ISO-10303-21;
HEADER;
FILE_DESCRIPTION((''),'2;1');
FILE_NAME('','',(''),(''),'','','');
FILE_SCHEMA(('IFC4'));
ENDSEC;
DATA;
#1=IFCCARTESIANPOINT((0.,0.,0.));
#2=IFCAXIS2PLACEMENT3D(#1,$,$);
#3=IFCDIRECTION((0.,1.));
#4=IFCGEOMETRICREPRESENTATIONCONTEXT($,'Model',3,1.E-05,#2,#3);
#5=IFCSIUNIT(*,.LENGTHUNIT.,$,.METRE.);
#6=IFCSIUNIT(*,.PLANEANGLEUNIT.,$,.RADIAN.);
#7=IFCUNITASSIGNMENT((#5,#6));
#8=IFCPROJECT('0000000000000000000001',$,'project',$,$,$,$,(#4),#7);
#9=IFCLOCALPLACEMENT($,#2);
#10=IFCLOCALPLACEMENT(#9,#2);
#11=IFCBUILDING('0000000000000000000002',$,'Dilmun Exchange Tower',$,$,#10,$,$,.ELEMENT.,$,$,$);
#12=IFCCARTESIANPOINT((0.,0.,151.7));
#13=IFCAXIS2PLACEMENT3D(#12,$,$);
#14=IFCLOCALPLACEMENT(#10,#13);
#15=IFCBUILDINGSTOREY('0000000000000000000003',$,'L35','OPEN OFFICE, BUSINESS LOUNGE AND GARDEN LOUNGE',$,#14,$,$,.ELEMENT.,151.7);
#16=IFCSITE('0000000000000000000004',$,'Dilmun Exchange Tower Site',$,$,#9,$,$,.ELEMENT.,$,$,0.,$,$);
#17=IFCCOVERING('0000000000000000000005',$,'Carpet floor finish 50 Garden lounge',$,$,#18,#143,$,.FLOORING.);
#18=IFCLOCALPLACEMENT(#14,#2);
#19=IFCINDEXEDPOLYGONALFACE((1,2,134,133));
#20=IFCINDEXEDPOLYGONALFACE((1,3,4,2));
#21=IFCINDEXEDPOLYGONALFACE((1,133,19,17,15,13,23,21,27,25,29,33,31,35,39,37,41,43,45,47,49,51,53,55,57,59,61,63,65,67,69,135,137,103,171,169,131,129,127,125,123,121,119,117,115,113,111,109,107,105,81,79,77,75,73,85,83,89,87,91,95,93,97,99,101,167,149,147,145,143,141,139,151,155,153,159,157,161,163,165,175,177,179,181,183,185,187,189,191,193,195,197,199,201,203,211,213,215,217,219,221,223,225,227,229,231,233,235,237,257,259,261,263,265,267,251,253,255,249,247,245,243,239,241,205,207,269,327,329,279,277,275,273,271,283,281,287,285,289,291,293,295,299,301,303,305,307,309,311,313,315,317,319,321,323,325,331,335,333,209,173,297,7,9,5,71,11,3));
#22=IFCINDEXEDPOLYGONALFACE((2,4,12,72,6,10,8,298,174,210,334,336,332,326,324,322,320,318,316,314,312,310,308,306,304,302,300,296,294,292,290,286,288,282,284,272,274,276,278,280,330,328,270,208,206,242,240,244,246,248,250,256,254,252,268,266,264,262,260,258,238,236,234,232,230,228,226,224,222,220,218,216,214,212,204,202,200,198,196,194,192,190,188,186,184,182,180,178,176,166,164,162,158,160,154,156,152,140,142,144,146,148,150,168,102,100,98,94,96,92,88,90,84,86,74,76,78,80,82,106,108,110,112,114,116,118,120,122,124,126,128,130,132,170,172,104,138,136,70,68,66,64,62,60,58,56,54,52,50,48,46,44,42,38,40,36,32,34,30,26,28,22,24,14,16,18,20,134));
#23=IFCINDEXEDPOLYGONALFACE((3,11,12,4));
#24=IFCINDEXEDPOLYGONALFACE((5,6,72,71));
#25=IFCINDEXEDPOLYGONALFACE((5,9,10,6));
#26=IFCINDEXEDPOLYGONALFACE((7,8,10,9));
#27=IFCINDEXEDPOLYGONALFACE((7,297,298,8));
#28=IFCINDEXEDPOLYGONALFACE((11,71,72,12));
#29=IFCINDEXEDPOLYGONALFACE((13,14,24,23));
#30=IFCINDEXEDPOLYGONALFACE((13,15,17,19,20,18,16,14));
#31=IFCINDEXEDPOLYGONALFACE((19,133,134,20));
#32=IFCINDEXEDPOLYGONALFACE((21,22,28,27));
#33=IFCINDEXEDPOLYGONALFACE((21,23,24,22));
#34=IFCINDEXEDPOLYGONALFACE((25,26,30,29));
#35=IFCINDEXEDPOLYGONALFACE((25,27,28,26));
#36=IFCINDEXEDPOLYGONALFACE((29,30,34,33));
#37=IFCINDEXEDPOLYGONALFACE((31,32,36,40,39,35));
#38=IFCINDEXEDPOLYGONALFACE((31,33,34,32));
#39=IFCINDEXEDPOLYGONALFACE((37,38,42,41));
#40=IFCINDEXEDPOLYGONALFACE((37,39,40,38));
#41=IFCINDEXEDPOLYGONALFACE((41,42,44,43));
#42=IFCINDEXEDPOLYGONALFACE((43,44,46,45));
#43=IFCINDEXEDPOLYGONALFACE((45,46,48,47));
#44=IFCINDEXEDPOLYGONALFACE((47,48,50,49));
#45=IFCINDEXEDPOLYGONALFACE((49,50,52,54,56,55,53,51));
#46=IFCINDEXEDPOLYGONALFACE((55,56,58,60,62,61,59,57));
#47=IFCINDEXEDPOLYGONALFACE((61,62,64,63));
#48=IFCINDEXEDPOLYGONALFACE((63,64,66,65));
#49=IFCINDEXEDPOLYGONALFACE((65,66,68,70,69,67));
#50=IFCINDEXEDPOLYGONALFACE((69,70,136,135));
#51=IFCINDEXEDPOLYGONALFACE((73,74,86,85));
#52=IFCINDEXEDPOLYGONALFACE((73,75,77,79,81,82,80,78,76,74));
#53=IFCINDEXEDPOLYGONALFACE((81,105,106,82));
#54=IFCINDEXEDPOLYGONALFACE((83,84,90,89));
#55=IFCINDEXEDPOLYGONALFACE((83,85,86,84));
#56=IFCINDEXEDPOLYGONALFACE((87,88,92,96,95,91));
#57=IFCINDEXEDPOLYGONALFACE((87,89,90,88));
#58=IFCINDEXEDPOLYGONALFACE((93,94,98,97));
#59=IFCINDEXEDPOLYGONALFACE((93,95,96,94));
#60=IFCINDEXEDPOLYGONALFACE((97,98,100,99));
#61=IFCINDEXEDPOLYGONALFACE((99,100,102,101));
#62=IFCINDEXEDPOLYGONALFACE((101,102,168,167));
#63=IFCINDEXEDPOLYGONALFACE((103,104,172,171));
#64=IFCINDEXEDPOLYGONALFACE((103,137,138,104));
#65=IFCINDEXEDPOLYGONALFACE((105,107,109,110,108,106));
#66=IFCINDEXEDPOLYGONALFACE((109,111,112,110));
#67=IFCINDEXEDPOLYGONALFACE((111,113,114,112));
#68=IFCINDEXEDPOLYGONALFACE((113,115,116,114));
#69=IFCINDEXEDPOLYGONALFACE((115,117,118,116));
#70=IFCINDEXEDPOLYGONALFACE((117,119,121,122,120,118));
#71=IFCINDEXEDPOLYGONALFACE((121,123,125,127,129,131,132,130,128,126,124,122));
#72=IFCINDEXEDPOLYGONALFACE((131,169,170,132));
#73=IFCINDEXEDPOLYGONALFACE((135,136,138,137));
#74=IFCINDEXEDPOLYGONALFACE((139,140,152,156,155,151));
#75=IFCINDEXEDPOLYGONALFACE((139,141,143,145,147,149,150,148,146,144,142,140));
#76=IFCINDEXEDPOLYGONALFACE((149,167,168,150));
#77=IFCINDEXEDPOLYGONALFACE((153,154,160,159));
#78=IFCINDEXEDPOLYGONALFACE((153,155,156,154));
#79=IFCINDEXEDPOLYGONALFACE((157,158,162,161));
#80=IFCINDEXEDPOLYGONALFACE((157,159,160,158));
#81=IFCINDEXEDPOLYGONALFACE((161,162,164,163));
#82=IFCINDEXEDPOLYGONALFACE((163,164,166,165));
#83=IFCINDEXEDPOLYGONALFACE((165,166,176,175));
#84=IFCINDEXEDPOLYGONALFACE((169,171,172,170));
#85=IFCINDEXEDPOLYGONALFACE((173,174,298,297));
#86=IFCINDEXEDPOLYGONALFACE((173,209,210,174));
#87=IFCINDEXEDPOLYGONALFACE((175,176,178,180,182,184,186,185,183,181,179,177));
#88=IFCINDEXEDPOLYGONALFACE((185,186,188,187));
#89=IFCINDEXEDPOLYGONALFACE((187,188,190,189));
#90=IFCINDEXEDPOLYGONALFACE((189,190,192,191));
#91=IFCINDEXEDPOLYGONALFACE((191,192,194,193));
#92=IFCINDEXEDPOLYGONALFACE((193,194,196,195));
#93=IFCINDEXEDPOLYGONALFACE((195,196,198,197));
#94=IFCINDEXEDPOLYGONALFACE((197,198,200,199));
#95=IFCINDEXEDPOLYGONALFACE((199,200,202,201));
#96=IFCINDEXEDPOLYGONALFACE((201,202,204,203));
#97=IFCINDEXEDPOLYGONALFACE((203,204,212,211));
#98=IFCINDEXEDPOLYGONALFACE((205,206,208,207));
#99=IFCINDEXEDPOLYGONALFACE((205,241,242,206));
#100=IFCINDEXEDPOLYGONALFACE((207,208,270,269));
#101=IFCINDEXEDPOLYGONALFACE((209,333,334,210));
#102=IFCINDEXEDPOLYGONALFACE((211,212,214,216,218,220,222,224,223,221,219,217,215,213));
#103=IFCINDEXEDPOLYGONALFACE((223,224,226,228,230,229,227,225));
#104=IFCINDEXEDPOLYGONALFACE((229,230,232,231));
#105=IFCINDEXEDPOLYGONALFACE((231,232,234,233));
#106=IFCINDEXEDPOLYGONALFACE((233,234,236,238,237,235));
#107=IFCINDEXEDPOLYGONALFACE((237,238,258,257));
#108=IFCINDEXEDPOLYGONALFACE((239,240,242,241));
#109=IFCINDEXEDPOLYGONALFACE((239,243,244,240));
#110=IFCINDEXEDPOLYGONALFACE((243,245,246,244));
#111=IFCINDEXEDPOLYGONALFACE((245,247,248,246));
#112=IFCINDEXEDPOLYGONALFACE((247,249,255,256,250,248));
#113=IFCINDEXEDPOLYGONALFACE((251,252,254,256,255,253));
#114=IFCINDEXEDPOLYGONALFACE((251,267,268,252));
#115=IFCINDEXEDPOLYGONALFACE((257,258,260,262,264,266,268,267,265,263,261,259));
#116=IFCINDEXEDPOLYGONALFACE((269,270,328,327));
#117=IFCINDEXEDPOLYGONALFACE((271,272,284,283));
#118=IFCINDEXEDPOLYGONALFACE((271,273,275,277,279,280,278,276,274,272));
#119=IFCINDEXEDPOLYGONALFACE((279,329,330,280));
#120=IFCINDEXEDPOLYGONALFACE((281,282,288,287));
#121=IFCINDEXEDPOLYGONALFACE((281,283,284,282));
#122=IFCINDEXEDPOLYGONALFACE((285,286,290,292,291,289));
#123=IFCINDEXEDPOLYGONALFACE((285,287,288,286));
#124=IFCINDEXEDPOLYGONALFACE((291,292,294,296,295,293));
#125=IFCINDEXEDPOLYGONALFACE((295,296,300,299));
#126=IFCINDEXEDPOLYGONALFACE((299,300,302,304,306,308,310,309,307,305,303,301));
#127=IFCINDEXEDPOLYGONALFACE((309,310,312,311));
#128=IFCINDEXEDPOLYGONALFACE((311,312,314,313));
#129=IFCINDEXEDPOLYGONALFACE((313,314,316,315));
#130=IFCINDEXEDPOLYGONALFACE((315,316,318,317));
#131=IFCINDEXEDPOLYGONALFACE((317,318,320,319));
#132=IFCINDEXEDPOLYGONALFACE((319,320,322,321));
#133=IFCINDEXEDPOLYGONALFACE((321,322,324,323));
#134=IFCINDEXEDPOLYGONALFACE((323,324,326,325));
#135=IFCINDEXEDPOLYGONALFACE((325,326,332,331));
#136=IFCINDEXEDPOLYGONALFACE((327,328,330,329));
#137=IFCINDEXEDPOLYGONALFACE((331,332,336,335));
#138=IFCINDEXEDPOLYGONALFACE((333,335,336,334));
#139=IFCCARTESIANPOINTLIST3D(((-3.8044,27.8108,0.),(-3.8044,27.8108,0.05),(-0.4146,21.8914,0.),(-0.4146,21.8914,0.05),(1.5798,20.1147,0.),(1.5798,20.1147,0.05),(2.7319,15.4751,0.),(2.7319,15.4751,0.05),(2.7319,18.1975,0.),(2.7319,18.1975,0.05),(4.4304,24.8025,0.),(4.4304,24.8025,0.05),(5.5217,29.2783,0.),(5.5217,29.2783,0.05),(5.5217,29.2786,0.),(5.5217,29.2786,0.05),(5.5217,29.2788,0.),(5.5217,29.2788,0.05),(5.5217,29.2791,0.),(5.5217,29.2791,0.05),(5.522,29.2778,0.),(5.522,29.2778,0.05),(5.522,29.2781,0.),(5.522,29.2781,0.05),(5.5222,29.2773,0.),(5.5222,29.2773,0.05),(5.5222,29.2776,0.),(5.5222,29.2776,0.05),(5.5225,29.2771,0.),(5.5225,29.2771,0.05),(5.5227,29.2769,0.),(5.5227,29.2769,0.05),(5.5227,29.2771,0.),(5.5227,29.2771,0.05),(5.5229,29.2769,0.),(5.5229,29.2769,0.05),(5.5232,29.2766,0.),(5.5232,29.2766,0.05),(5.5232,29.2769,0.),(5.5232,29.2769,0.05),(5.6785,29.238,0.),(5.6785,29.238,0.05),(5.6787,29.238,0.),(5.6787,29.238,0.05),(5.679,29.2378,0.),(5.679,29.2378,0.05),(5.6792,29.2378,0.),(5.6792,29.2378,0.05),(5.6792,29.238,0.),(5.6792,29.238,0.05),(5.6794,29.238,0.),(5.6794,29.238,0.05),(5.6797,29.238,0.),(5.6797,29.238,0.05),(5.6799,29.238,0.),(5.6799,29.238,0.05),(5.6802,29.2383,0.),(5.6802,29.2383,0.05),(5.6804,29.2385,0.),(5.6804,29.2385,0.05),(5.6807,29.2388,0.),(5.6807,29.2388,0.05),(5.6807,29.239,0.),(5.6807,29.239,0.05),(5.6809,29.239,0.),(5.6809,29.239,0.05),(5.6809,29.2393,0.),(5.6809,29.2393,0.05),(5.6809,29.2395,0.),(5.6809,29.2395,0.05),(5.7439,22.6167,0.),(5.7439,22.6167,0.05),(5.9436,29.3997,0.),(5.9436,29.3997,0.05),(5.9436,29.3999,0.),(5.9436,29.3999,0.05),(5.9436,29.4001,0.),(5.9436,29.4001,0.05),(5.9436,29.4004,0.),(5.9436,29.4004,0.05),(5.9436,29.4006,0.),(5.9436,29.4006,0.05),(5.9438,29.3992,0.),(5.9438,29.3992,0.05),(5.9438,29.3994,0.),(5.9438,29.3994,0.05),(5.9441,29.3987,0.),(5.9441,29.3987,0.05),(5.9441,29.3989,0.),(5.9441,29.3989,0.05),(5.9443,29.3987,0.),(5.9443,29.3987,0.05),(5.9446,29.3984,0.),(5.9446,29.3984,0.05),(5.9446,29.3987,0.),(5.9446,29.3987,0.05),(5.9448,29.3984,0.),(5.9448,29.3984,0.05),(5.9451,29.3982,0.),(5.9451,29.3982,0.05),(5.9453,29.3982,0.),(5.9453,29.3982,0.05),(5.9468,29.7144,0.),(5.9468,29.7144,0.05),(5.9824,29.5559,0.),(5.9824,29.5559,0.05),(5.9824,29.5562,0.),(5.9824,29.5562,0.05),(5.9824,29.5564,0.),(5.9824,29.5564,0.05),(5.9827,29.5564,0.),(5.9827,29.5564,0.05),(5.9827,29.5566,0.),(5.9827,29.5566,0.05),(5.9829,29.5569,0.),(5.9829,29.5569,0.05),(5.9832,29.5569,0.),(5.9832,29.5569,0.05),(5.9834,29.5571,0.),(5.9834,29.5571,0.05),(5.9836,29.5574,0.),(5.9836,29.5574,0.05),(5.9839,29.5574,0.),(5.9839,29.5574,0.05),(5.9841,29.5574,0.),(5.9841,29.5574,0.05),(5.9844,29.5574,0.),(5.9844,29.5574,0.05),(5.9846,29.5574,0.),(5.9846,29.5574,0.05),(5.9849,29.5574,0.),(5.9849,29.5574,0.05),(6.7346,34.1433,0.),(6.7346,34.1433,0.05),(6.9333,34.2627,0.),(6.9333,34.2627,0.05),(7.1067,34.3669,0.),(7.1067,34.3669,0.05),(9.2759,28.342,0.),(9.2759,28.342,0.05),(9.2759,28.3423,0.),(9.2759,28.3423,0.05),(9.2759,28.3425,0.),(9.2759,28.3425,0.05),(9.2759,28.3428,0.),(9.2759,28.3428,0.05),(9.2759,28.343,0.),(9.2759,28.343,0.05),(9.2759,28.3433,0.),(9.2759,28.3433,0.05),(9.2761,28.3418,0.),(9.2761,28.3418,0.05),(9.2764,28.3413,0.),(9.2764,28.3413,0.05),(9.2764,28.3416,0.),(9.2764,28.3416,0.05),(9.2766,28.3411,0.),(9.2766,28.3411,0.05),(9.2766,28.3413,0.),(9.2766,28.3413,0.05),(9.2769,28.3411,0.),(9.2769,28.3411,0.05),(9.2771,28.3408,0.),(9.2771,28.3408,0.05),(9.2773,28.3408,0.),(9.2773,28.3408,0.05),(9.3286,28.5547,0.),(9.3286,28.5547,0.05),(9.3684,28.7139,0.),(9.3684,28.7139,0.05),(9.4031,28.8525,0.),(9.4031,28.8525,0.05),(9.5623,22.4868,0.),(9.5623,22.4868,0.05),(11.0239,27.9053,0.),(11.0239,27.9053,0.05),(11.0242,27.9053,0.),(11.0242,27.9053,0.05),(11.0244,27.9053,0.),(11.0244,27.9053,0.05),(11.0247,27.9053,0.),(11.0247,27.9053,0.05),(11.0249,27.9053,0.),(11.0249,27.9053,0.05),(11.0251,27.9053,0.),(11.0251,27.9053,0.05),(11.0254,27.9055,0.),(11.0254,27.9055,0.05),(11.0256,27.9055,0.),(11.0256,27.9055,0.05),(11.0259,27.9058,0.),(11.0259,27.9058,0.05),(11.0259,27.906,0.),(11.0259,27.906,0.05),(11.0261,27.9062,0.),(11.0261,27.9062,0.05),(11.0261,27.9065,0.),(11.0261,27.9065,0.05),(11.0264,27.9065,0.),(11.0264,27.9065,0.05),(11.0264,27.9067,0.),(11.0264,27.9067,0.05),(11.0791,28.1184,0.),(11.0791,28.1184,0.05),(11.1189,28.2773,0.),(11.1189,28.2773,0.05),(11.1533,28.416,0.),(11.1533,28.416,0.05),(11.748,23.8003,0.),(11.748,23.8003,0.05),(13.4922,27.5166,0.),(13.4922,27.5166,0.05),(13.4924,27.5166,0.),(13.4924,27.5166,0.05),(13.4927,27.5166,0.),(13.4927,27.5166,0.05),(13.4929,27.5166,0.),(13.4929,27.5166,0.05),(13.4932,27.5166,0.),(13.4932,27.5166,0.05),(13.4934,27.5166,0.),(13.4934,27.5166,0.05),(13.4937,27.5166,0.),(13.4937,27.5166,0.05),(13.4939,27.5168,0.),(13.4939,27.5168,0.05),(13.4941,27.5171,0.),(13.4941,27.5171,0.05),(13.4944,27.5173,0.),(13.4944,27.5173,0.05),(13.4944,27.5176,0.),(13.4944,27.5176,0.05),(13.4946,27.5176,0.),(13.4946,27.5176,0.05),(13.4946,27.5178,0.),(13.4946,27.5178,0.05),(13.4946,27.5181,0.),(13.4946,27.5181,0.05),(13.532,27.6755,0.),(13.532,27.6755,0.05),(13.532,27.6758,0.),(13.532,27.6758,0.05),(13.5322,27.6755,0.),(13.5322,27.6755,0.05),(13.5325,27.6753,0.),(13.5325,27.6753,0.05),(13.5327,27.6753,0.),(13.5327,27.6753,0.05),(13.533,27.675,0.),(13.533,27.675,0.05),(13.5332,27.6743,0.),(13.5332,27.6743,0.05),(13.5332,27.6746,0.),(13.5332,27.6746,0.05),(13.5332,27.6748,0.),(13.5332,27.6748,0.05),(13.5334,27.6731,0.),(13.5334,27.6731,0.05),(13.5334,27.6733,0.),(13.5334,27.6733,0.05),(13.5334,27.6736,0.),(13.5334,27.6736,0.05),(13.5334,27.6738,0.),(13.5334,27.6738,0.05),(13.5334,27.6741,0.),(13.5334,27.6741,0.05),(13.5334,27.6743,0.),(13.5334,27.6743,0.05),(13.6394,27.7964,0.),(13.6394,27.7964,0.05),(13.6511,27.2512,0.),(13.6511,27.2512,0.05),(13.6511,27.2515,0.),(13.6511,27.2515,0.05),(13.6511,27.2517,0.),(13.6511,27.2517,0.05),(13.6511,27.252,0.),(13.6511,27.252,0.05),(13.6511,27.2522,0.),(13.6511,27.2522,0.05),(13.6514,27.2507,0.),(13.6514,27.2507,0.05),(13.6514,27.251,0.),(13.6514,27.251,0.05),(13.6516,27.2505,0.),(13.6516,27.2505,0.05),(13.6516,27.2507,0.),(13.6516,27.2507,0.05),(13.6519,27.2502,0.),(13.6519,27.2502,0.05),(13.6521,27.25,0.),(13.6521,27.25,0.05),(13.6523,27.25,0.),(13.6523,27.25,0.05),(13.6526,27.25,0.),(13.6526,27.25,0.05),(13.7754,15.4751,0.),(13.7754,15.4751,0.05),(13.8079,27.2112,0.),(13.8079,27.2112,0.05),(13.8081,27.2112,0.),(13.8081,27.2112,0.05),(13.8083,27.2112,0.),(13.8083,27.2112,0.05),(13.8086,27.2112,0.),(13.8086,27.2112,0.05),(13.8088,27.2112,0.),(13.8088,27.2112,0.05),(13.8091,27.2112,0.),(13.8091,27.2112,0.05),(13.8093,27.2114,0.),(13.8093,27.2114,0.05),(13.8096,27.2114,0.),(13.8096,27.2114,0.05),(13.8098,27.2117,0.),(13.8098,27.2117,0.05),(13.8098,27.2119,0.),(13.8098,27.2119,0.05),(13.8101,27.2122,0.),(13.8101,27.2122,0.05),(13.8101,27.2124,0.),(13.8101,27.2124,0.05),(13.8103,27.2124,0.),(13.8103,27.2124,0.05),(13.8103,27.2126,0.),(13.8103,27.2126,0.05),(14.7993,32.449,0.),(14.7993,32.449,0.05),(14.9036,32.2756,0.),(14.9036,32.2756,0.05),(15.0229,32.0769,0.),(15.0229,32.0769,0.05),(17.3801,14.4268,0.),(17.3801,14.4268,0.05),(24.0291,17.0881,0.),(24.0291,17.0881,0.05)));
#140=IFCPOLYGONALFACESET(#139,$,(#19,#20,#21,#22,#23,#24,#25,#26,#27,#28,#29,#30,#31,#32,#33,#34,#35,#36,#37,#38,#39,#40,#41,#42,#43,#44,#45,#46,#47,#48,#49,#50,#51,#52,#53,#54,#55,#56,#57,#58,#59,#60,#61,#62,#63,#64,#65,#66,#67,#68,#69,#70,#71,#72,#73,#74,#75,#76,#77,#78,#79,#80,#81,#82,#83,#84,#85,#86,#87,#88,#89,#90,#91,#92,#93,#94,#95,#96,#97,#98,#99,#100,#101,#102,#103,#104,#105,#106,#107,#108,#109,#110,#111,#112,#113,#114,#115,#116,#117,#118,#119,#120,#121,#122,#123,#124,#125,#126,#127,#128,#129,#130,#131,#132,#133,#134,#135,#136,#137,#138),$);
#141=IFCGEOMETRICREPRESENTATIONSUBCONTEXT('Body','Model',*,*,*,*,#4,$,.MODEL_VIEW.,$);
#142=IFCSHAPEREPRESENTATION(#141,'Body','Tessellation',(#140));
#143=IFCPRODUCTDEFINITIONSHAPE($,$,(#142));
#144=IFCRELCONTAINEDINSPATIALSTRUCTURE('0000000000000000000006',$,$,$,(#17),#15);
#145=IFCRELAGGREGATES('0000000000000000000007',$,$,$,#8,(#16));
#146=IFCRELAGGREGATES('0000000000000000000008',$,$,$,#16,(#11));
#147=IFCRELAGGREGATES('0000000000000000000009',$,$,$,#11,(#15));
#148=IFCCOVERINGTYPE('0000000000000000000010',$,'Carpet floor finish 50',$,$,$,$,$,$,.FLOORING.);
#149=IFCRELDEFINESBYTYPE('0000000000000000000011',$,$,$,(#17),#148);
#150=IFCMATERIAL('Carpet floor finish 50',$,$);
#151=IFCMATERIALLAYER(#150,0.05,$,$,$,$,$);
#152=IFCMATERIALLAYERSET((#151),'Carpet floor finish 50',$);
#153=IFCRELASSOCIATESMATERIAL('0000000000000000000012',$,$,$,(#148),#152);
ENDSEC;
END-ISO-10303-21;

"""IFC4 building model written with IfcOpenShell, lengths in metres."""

from ifc_helpers import new_model, si_unit, direction, frame, origin, place, context, subcontext, project, spatial, polyline, outline, extrude, material, layer, layer_set, type_object, element, save


model = new_model("IFC4")

# Units and contexts
model_context = context("Model", 3, precision=1e-05, world=origin(), true_north=direction((0.0, 1.0)))
body_context = subcontext(model_context, "Body", "Model", "MODEL_VIEW")
ifc_project = project(units=[si_unit("LENGTHUNIT", "METRE"), si_unit("PLANEANGLEUNIT", "RADIAN")], contexts=[model_context])

# Site, building, storey
site_placement = place(None, origin())
site = spatial("IfcSite", under=ifc_project, at=site_placement, Name="Dilmun Exchange Tower Site", CompositionType="ELEMENT", RefElevation=0.0)
building_placement = place(site_placement, origin())
building = spatial("IfcBuilding", under=site, at=building_placement, Name="Dilmun Exchange Tower", CompositionType="ELEMENT")
storey_placement = place(building_placement, frame((0.0, 0.0, 151.7)))
storey = spatial("IfcBuildingStorey", under=building, at=storey_placement, Name="L35", Description="OPEN OFFICE, BUSINESS LOUNGE AND GARDEN LOUNGE", CompositionType="ELEMENT", Elevation=151.7)

# Covering
ifc_material_1 = material(Name="Carpet floor finish 50")
ifc_layer_1 = layer(ifc_material_1, 0.05)
ifc_layer_set_1 = layer_set([ifc_layer_1], Name="Carpet floor finish 50")
covering_type_1 = type_object("IfcCoveringType", Name="Carpet floor finish 50", PredefinedType="FLOORING", material=ifc_layer_set_1)
covering_1_placement = place(storey_placement, origin())
element("IfcCovering", 1, at=covering_1_placement, inside=storey, type_object=covering_type_1, Name="Carpet floor finish 50 Garden lounge", PredefinedType="FLOORING", context=body_context, shape_type="SweptSolid", body=[
    extrude(outline(polyline([(2.7319, 15.4751), (2.7319, 18.1975), (1.5798, 20.1147), (5.7439, 22.6167), (4.4304, 24.8025), (-0.4146, 21.8914), (-3.8044, 27.8108), (6.7346, 34.1433), (5.5217, 29.2791), (5.5217, 29.2788), (5.5217, 29.2788), (5.5217, 29.2786), (5.5217, 29.2783), (5.5217, 29.2783), (5.522, 29.2781), (5.522, 29.2778), (5.5222, 29.2776), (5.5222, 29.2776), (5.5222, 29.2773), (5.5225, 29.2771), (5.5227, 29.2771), (5.5227, 29.2769), (5.5229, 29.2769), (5.5232, 29.2769), (5.5232, 29.2766), (5.6785, 29.238), (5.6787, 29.238), (5.679, 29.2378), (5.6792, 29.2378), (5.6792, 29.238), (5.6794, 29.238), (5.6797, 29.238), (5.6799, 29.238), (5.6802, 29.2383), (5.6802, 29.2383), (5.6804, 29.2385), (5.6804, 29.2385), (5.6807, 29.2388), (5.6807, 29.239), (5.6809, 29.239), (5.6809, 29.2393), (5.6809, 29.2395), (6.9333, 34.2627), (7.1067, 34.3669), (5.9468, 29.7144), (9.4031, 28.8525), (9.3684, 28.7139), (5.9849, 29.5574), (5.9846, 29.5574), (5.9844, 29.5574), (5.9844, 29.5574), (5.9841, 29.5574), (5.9839, 29.5574), (5.9836, 29.5574), (5.9834, 29.5571), (5.9834, 29.5571), (5.9832, 29.5569), (5.9829, 29.5569), (5.9829, 29.5569), (5.9827, 29.5566), (5.9827, 29.5564), (5.9824, 29.5564), (5.9824, 29.5562), (5.9824, 29.5559), (5.9436, 29.4006), (5.9436, 29.4004), (5.9436, 29.4004), (5.9436, 29.4001), (5.9436, 29.3999), (5.9436, 29.3997), (5.9438, 29.3994), (5.9438, 29.3994), (5.9438, 29.3992), (5.9441, 29.3989), (5.9441, 29.3987), (5.9443, 29.3987), (5.9446, 29.3987), (5.9446, 29.3984), (5.9448, 29.3984), (5.9451, 29.3982), (5.9453, 29.3982), (9.3286, 28.5547), (9.2759, 28.3433), (9.2759, 28.343), (9.2759, 28.3428), (9.2759, 28.3425), (9.2759, 28.3423), (9.2759, 28.3423), (9.2759, 28.342), (9.2761, 28.3418), (9.2761, 28.3418), (9.2764, 28.3416), (9.2764, 28.3413), (9.2766, 28.3413), (9.2766, 28.3411), (9.2769, 28.3411), (9.2771, 28.3408), (9.2771, 28.3408), (9.2773, 28.3408), (11.0239, 27.9053), (11.0242, 27.9053), (11.0244, 27.9053), (11.0244, 27.9053), (11.0247, 27.9053), (11.0249, 27.9053), (11.0251, 27.9053), (11.0254, 27.9055), (11.0254, 27.9055), (11.0256, 27.9055), (11.0259, 27.9058), (11.0259, 27.906), (11.0259, 27.906), (11.0261, 27.9062), (11.0261, 27.9065), (11.0264, 27.9065), (11.0264, 27.9067), (11.0791, 28.1184), (13.4922, 27.5166), (13.4924, 27.5166), (13.4927, 27.5166), (13.4929, 27.5166), (13.4929, 27.5166), (13.4932, 27.5166), (13.4934, 27.5166), (13.4937, 27.5166), (13.4939, 27.5168), (13.4939, 27.5168), (13.4941, 27.5171), (13.4941, 27.5171), (13.4944, 27.5173), (13.4944, 27.5176), (13.4946, 27.5176), (13.4946, 27.5178), (13.4946, 27.5181), (13.5334, 27.6731), (13.5334, 27.6733), (13.5334, 27.6736), (13.5334, 27.6738), (13.5334, 27.6741), (13.5334, 27.6743), (13.5332, 27.6743), (13.5332, 27.6746), (13.5332, 27.6748), (13.5332, 27.6748), (13.533, 27.675), (13.5327, 27.6753), (13.5327, 27.6753), (13.5325, 27.6753), (13.5322, 27.6755), (13.532, 27.6755), (13.532, 27.6758), (11.1189, 28.2773), (11.1533, 28.416), (13.6394, 27.7964), (14.7993, 32.449), (14.9036, 32.2756), (13.6511, 27.2522), (13.6511, 27.2522), (13.6511, 27.252), (13.6511, 27.2517), (13.6511, 27.2517), (13.6511, 27.2515), (13.6511, 27.2512), (13.6514, 27.251), (13.6514, 27.2507), (13.6516, 27.2507), (13.6516, 27.2505), (13.6516, 27.2505), (13.6519, 27.2502), (13.6521, 27.25), (13.6521, 27.25), (13.6523, 27.25), (13.6526, 27.25), (13.8079, 27.2112), (13.8081, 27.2112), (13.8081, 27.2112), (13.8083, 27.2112), (13.8086, 27.2112), (13.8088, 27.2112), (13.8091, 27.2112), (13.8091, 27.2112), (13.8093, 27.2114), (13.8096, 27.2114), (13.8098, 27.2117), (13.8098, 27.2119), (13.8098, 27.2119), (13.8101, 27.2122), (13.8101, 27.2124), (13.8103, 27.2124), (13.8103, 27.2126), (15.0229, 32.0769), (24.0291, 17.0881), (17.3801, 14.4268), (11.748, 23.8003), (9.5623, 22.4868), (13.7754, 15.4751), (2.7319, 15.4751)])), origin(), (0.0, 0.0, 1.0), 0.05),
])

save(model, "model.ifc")
